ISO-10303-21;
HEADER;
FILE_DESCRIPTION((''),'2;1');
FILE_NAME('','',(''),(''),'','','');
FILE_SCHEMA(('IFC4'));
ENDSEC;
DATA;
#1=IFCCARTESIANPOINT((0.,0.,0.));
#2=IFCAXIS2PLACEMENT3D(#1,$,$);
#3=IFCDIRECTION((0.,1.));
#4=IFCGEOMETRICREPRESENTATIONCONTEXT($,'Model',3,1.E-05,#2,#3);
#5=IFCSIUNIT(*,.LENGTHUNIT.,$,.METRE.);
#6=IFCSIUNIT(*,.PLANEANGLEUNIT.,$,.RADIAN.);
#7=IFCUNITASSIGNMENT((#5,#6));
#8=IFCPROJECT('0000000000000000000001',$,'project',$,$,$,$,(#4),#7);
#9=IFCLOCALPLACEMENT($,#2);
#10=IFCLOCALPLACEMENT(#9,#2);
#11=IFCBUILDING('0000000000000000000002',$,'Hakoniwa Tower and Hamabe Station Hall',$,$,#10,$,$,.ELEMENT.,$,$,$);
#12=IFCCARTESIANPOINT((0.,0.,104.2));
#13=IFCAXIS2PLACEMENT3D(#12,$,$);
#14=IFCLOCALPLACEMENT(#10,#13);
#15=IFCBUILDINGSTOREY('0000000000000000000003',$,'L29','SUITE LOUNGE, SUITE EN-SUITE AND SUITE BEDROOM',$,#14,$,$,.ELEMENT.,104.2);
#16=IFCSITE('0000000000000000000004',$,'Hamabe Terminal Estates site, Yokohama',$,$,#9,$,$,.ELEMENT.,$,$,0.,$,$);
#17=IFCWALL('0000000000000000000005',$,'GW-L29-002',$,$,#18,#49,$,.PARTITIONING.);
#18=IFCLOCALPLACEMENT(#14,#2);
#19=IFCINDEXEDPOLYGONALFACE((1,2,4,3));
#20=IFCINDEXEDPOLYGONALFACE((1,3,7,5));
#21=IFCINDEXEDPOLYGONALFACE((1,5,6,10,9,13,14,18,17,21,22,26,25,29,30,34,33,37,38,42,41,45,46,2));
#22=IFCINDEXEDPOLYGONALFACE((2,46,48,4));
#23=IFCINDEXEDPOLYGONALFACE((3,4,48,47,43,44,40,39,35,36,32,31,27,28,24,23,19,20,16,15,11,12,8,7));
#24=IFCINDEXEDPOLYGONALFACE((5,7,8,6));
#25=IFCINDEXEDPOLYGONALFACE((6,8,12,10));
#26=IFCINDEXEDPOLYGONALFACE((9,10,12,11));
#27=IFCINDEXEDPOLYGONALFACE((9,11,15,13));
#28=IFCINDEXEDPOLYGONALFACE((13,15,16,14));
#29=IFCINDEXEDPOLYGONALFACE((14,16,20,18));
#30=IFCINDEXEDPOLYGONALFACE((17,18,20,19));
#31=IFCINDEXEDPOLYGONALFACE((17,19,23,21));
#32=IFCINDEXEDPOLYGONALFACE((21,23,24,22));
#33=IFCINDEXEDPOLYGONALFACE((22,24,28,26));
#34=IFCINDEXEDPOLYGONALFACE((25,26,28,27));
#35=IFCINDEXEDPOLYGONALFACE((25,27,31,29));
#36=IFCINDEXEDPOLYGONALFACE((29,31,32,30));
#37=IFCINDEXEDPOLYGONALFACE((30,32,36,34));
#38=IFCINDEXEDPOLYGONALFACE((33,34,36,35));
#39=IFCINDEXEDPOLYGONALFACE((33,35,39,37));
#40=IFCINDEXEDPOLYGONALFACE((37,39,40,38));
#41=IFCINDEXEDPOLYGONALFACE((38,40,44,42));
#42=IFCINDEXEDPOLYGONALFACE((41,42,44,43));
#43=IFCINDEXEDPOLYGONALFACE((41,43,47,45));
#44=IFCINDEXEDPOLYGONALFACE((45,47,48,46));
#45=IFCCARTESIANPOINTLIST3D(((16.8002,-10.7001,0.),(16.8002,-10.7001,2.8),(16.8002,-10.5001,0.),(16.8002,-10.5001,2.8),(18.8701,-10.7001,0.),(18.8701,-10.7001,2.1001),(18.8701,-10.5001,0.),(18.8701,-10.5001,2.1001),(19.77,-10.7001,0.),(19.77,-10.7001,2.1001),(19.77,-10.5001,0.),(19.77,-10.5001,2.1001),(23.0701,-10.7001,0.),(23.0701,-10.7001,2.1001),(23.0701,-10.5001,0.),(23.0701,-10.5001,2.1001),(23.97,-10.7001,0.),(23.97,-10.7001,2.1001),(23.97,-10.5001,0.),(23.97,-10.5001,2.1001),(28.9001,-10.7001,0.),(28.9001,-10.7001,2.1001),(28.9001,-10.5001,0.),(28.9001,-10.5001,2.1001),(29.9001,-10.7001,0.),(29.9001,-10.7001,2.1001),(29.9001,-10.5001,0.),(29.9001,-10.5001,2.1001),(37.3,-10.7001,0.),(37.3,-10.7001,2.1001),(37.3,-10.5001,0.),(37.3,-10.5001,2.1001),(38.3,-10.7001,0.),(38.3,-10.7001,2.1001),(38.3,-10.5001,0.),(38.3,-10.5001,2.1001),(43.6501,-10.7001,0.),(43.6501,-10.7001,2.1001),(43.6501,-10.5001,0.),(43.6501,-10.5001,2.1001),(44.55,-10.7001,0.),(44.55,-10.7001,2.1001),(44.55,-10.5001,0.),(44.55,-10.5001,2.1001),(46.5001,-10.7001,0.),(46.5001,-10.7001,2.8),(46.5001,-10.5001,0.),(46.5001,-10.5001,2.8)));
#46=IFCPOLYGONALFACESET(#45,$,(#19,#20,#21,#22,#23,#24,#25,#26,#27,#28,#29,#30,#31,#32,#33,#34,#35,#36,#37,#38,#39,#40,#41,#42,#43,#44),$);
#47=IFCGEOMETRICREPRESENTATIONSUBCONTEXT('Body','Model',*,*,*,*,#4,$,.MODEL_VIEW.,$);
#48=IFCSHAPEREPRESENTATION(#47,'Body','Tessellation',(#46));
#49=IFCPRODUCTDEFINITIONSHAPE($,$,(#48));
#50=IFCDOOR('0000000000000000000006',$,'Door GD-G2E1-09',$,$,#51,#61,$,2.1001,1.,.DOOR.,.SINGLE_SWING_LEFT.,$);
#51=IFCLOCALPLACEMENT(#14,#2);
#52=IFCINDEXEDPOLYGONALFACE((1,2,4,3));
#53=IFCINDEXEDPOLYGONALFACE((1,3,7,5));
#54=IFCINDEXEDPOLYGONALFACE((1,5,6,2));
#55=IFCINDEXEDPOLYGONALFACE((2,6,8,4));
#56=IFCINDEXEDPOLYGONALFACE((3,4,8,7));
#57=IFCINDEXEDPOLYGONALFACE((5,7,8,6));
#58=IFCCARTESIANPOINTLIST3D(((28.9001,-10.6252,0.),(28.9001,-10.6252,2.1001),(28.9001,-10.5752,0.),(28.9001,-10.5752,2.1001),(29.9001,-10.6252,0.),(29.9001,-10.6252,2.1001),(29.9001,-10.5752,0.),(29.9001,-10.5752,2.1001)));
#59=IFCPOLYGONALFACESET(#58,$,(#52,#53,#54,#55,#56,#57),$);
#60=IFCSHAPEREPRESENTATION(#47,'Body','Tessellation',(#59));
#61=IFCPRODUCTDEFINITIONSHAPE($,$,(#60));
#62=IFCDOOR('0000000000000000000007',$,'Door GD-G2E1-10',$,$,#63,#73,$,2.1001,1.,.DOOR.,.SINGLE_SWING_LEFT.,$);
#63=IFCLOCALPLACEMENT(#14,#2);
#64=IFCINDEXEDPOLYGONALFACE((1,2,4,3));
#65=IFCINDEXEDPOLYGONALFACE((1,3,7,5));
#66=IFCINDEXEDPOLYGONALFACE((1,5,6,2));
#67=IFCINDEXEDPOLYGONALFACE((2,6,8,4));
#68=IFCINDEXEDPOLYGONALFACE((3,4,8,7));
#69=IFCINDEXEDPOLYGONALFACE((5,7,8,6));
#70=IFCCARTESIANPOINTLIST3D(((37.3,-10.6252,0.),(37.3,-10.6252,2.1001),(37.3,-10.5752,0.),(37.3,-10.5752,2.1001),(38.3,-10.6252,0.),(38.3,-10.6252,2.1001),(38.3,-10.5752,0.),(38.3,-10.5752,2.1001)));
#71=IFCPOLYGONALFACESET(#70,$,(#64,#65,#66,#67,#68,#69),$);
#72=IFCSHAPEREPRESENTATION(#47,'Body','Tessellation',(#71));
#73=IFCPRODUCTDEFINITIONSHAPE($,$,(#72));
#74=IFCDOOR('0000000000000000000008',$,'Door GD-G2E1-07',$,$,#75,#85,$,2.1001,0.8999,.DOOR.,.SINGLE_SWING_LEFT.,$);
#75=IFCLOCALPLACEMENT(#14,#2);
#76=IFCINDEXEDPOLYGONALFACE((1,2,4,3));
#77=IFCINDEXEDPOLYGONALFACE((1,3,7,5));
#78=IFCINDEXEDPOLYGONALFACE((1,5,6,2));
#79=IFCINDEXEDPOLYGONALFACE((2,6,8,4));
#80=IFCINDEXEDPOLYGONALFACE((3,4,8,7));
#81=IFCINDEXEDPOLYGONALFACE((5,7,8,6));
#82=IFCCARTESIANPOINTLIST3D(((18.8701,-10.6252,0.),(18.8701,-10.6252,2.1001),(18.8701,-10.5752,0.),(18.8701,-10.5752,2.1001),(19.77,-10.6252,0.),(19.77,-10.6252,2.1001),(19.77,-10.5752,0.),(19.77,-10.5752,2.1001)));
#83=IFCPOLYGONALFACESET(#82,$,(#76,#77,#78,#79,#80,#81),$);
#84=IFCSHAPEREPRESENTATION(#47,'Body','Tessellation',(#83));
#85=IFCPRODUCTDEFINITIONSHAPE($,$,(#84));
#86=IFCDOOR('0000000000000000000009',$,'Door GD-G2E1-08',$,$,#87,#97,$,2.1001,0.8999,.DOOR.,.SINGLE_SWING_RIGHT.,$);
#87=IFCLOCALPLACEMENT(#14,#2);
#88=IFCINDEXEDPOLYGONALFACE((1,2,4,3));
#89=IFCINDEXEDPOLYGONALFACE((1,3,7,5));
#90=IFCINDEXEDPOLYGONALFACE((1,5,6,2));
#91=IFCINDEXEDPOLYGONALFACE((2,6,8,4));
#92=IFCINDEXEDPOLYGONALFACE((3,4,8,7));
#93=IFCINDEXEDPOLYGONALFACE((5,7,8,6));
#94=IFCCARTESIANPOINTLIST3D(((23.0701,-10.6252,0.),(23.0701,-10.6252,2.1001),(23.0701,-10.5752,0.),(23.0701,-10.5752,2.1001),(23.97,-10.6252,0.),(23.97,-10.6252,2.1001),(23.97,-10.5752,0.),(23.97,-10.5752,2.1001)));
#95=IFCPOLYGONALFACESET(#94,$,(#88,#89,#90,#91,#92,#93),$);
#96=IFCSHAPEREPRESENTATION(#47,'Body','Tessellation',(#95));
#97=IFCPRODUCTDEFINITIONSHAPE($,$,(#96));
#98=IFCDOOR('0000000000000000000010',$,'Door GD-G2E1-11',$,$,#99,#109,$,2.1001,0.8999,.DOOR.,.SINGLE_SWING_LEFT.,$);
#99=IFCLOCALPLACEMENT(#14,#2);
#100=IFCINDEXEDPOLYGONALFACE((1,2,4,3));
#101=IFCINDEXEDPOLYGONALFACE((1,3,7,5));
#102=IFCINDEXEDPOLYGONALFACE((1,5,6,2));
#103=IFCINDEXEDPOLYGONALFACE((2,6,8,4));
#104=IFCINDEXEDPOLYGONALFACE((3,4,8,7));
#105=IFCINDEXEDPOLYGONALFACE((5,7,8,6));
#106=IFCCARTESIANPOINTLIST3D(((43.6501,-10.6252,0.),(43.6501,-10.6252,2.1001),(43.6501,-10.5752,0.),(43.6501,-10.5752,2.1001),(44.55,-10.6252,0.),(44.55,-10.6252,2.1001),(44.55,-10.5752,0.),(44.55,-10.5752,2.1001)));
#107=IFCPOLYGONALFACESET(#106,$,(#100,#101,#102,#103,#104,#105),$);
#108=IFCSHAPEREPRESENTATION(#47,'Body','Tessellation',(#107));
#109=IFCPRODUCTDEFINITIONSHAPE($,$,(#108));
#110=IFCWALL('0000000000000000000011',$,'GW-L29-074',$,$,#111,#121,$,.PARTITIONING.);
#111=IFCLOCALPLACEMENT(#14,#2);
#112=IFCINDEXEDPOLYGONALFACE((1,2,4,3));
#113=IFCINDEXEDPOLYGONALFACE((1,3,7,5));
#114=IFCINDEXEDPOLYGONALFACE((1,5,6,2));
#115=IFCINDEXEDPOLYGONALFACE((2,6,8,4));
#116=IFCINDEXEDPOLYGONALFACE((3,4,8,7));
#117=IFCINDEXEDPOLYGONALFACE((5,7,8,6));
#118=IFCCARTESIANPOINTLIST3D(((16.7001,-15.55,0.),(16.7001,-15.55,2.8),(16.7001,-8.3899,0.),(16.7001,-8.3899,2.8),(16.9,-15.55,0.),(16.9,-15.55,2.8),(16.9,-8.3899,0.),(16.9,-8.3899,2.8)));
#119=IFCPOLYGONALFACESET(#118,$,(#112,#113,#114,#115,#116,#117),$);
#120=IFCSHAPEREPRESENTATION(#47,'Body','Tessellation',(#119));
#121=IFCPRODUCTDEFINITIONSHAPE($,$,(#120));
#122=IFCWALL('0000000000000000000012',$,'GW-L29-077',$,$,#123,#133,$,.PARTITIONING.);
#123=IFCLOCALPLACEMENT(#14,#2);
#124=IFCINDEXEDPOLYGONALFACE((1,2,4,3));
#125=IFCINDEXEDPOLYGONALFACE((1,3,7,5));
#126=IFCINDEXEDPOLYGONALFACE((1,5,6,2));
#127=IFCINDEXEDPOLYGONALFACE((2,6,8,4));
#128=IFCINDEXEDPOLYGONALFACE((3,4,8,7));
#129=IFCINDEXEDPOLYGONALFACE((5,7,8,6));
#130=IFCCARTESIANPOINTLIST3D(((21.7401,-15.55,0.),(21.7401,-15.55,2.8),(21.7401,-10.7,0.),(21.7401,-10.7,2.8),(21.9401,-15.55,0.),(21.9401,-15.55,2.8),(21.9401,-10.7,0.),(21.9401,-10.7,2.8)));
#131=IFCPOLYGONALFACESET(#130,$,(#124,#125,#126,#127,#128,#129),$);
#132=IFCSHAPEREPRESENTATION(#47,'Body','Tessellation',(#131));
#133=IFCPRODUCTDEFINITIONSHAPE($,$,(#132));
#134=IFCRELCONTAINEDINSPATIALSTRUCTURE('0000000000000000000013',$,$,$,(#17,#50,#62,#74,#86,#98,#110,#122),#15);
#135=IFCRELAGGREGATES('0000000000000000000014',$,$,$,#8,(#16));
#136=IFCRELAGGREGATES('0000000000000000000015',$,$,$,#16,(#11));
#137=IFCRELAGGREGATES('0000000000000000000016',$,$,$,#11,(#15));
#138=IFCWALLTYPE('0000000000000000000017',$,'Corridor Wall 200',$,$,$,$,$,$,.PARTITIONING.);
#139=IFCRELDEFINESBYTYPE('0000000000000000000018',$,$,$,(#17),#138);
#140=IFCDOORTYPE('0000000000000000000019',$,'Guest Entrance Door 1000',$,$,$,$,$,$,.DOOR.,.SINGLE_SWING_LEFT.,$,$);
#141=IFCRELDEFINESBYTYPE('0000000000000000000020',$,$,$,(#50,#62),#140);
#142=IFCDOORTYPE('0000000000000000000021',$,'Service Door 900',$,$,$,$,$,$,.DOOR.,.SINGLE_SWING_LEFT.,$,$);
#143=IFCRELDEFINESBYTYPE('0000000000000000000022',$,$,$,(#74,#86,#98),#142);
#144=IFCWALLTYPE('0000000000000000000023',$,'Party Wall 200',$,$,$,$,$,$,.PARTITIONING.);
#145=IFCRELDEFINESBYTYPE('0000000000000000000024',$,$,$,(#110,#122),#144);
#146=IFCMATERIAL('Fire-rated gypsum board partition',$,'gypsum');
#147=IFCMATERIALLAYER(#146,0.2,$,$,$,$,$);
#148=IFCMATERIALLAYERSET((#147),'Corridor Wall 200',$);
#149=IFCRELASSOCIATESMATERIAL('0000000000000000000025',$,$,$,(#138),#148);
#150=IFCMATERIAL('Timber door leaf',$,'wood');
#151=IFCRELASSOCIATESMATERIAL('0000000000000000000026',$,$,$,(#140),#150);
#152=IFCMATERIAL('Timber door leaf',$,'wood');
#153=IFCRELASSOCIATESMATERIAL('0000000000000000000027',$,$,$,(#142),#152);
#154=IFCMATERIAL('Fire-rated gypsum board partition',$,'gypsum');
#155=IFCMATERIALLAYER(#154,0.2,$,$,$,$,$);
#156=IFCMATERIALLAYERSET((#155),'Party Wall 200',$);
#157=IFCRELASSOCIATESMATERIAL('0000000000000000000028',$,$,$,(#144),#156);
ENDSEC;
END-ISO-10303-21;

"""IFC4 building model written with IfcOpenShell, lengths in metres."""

from ifc_helpers import new_model, si_unit, direction, frame, frame_2d, origin, place, context, subcontext, project, spatial, rectangle, extrude, material, layer, layer_set, type_object, element, fill, save


model = new_model("IFC4")

# Units and contexts
model_context = context("Model", 3, precision=1e-05, world=origin(), true_north=direction((0.0, 1.0)))
body_context = subcontext(model_context, "Body", "Model", "MODEL_VIEW")
ifc_project = project(units=[si_unit("LENGTHUNIT", "METRE"), si_unit("PLANEANGLEUNIT", "RADIAN")], contexts=[model_context])

# Site, building, storey
site_placement = place(None, origin())
site = spatial("IfcSite", under=ifc_project, at=site_placement, Name="Hamabe Terminal Estates site, Yokohama", CompositionType="ELEMENT", RefElevation=0.0)
building_placement = place(site_placement, origin())
building = spatial("IfcBuilding", under=site, at=building_placement, Name="Hakoniwa Tower and Hamabe Station Hall", CompositionType="ELEMENT")
storey_placement = place(building_placement, frame((0.0, 0.0, 104.2)))
storey = spatial("IfcBuildingStorey", under=building, at=storey_placement, Name="L29", Description="SUITE LOUNGE, SUITE EN-SUITE AND SUITE BEDROOM", CompositionType="ELEMENT", Elevation=104.2)

# Wall, openings, doors
ifc_material_1 = material(Name="Fire-rated gypsum board partition", Category="gypsum")
ifc_layer_1 = layer(ifc_material_1, 0.2)
ifc_layer_set_1 = layer_set([ifc_layer_1], Name="Corridor Wall 200")
wall_type_1 = type_object("IfcWallType", Name="Corridor Wall 200", PredefinedType="PARTITIONING", material=ifc_layer_set_1)
wall_1_placement = place(storey_placement, frame((16.8, -10.6001, 0.0), z_axis=(0.0, 0.0, 1.0), x_axis=(1.0, 0.0, 0.0)))
wall_1 = element("IfcWall", 1, at=wall_1_placement, inside=storey, type_object=wall_type_1, Name="GW-L29-002", PredefinedType="PARTITIONING", context=body_context, shape_type="SweptSolid", body=[
    extrude(rectangle(XDim=29.7, YDim=0.2, at=frame_2d((14.8501, 0.0))), origin(), (0.0, 0.0, 1.0), 2.8),
])
opening_1_placement = place(wall_1_placement, frame((2.0701, 0.0, 0.0)))
opening_1 = element("IfcOpeningElement", 2, at=opening_1_placement, cuts=wall_1, PredefinedType="OPENING", context=body_context, shape_type="SweptSolid", body=[
    extrude(rectangle(XDim=0.8999, YDim=2.1001, at=frame_2d((0.45, 1.05))), frame((0.0, 0.1099, 0.0), z_axis=(0.0, -1.0, 0.0), x_axis=(1.0, 0.0, 0.0)), (0.0, 0.0, 1.0), 0.22),
])
opening_2_placement = place(wall_1_placement, frame((6.27, 0.0, 0.0)))
opening_2 = element("IfcOpeningElement", 3, at=opening_2_placement, cuts=wall_1, PredefinedType="OPENING", context=body_context, shape_type="SweptSolid", body=[
    extrude(rectangle(XDim=0.8999, YDim=2.1001, at=frame_2d((0.45, 1.05))), frame((0.0, 0.1099, 0.0), z_axis=(0.0, -1.0, 0.0), x_axis=(1.0, 0.0, 0.0)), (0.0, 0.0, 1.0), 0.22),
])
opening_3_placement = place(wall_1_placement, frame((12.1001, 0.0, 0.0)))
opening_3 = element("IfcOpeningElement", 4, at=opening_3_placement, cuts=wall_1, PredefinedType="OPENING", context=body_context, shape_type="SweptSolid", body=[
    extrude(rectangle(XDim=1.0, YDim=2.1001, at=frame_2d((0.5, 1.05))), frame((0.0, 0.1099, 0.0), z_axis=(0.0, -1.0, 0.0), x_axis=(1.0, 0.0, 0.0)), (0.0, 0.0, 1.0), 0.22),
])
opening_4_placement = place(wall_1_placement, frame((20.5, 0.0, 0.0)))
opening_4 = element("IfcOpeningElement", 5, at=opening_4_placement, cuts=wall_1, PredefinedType="OPENING", context=body_context, shape_type="SweptSolid", body=[
    extrude(rectangle(XDim=1.0, YDim=2.1001, at=frame_2d((0.5, 1.05))), frame((0.0, 0.1099, 0.0), z_axis=(0.0, -1.0, 0.0), x_axis=(1.0, 0.0, 0.0)), (0.0, 0.0, 1.0), 0.22),
])
opening_5_placement = place(wall_1_placement, frame((26.8501, 0.0, 0.0)))
opening_5 = element("IfcOpeningElement", 6, at=opening_5_placement, cuts=wall_1, PredefinedType="OPENING", context=body_context, shape_type="SweptSolid", body=[
    extrude(rectangle(XDim=0.8999, YDim=2.1001, at=frame_2d((0.45, 1.05))), frame((0.0, 0.1099, 0.0), z_axis=(0.0, -1.0, 0.0), x_axis=(1.0, 0.0, 0.0)), (0.0, 0.0, 1.0), 0.22),
])
ifc_material_2 = material(Name="Timber door leaf", Category="wood")
door_type_1 = type_object("IfcDoorType", Name="Guest Entrance Door 1000", OperationType="SINGLE_SWING_LEFT", PredefinedType="DOOR", material=ifc_material_2)
door_1_placement = place(opening_3_placement, origin())
door_1 = element("IfcDoor", 7, at=door_1_placement, inside=storey, type_object=door_type_1, Name="Door GD-G2E1-09", OperationType="SINGLE_SWING_LEFT", OverallHeight=2.1001, OverallWidth=1.0, PredefinedType="DOOR", context=body_context, shape_type="SweptSolid", body=[
    extrude(rectangle(XDim=1.0, YDim=2.1001, at=frame_2d((0.5, 1.05))), frame((0.0, 0.0249, 0.0), z_axis=(0.0, -1.0, 0.0), x_axis=(1.0, 0.0, 0.0)), (0.0, 0.0, 1.0), 0.05),
])
fill(opening_3, door_1)
door_2_placement = place(opening_4_placement, origin())
door_2 = element("IfcDoor", 8, at=door_2_placement, inside=storey, type_object=door_type_1, Name="Door GD-G2E1-10", OperationType="SINGLE_SWING_LEFT", OverallHeight=2.1001, OverallWidth=1.0, PredefinedType="DOOR", context=body_context, shape_type="SweptSolid", body=[
    extrude(rectangle(XDim=1.0, YDim=2.1001, at=frame_2d((0.5, 1.05))), frame((0.0, 0.0249, 0.0), z_axis=(0.0, -1.0, 0.0), x_axis=(1.0, 0.0, 0.0)), (0.0, 0.0, 1.0), 0.05),
])
fill(opening_4, door_2)
ifc_material_3 = material(Name="Timber door leaf", Category="wood")
door_type_2 = type_object("IfcDoorType", Name="Service Door 900", OperationType="SINGLE_SWING_LEFT", PredefinedType="DOOR", material=ifc_material_3)
door_3_placement = place(opening_1_placement, origin())
door_3 = element("IfcDoor", 9, at=door_3_placement, inside=storey, type_object=door_type_2, Name="Door GD-G2E1-07", OperationType="SINGLE_SWING_LEFT", OverallHeight=2.1001, OverallWidth=0.8999, PredefinedType="DOOR", context=body_context, shape_type="SweptSolid", body=[
    extrude(rectangle(XDim=0.8999, YDim=2.1001, at=frame_2d((0.45, 1.05))), frame((0.0, 0.0249, 0.0), z_axis=(0.0, -1.0, 0.0), x_axis=(1.0, 0.0, 0.0)), (0.0, 0.0, 1.0), 0.05),
])
fill(opening_1, door_3)
door_4_placement = place(opening_2_placement, origin())
door_4 = element("IfcDoor", 10, at=door_4_placement, inside=storey, type_object=door_type_2, Name="Door GD-G2E1-08", OperationType="SINGLE_SWING_RIGHT", OverallHeight=2.1001, OverallWidth=0.8999, PredefinedType="DOOR", context=body_context, shape_type="SweptSolid", body=[
    extrude(rectangle(XDim=0.8999, YDim=2.1001, at=frame_2d((0.45, 1.05))), frame((0.0, 0.0249, 0.0), z_axis=(0.0, -1.0, 0.0), x_axis=(1.0, 0.0, 0.0)), (0.0, 0.0, 1.0), 0.05),
])
fill(opening_2, door_4)
door_5_placement = place(opening_5_placement, origin())
door_5 = element("IfcDoor", 11, at=door_5_placement, inside=storey, type_object=door_type_2, Name="Door GD-G2E1-11", OperationType="SINGLE_SWING_LEFT", OverallHeight=2.1001, OverallWidth=0.8999, PredefinedType="DOOR", context=body_context, shape_type="SweptSolid", body=[
    extrude(rectangle(XDim=0.8999, YDim=2.1001, at=frame_2d((0.45, 1.05))), frame((0.0, 0.0249, 0.0), z_axis=(0.0, -1.0, 0.0), x_axis=(1.0, 0.0, 0.0)), (0.0, 0.0, 1.0), 0.05),
])
fill(opening_5, door_5)

# Walls
ifc_material_4 = material(Name="Fire-rated gypsum board partition", Category="gypsum")
ifc_layer_2 = layer(ifc_material_4, 0.2)
ifc_layer_set_2 = layer_set([ifc_layer_2], Name="Party Wall 200")
wall_type_2 = type_object("IfcWallType", Name="Party Wall 200", PredefinedType="PARTITIONING", material=ifc_layer_set_2)
wall_2_placement = place(storey_placement, frame((16.8, -15.55, 0.0), z_axis=(0.0, 0.0, 1.0), x_axis=(0.0, 1.0, 0.0)))
element("IfcWall", 12, at=wall_2_placement, inside=storey, type_object=wall_type_2, Name="GW-L29-074", PredefinedType="PARTITIONING", context=body_context, shape_type="SweptSolid", body=[
    extrude(rectangle(XDim=7.1602, YDim=0.2, at=frame_2d((3.5801, 0.0))), origin(), (0.0, 0.0, 1.0), 2.8),
])
wall_3_placement = place(storey_placement, frame((21.8401, -15.55, 0.0), z_axis=(0.0, 0.0, 1.0), x_axis=(0.0, 1.0, 0.0)))
element("IfcWall", 13, at=wall_3_placement, inside=storey, type_object=wall_type_2, Name="GW-L29-077", PredefinedType="PARTITIONING", context=body_context, shape_type="SweptSolid", body=[
    extrude(rectangle(XDim=4.8501, YDim=0.2, at=frame_2d((2.425, 0.0))), origin(), (0.0, 0.0, 1.0), 2.8),
])

save(model, "model.ifc")
